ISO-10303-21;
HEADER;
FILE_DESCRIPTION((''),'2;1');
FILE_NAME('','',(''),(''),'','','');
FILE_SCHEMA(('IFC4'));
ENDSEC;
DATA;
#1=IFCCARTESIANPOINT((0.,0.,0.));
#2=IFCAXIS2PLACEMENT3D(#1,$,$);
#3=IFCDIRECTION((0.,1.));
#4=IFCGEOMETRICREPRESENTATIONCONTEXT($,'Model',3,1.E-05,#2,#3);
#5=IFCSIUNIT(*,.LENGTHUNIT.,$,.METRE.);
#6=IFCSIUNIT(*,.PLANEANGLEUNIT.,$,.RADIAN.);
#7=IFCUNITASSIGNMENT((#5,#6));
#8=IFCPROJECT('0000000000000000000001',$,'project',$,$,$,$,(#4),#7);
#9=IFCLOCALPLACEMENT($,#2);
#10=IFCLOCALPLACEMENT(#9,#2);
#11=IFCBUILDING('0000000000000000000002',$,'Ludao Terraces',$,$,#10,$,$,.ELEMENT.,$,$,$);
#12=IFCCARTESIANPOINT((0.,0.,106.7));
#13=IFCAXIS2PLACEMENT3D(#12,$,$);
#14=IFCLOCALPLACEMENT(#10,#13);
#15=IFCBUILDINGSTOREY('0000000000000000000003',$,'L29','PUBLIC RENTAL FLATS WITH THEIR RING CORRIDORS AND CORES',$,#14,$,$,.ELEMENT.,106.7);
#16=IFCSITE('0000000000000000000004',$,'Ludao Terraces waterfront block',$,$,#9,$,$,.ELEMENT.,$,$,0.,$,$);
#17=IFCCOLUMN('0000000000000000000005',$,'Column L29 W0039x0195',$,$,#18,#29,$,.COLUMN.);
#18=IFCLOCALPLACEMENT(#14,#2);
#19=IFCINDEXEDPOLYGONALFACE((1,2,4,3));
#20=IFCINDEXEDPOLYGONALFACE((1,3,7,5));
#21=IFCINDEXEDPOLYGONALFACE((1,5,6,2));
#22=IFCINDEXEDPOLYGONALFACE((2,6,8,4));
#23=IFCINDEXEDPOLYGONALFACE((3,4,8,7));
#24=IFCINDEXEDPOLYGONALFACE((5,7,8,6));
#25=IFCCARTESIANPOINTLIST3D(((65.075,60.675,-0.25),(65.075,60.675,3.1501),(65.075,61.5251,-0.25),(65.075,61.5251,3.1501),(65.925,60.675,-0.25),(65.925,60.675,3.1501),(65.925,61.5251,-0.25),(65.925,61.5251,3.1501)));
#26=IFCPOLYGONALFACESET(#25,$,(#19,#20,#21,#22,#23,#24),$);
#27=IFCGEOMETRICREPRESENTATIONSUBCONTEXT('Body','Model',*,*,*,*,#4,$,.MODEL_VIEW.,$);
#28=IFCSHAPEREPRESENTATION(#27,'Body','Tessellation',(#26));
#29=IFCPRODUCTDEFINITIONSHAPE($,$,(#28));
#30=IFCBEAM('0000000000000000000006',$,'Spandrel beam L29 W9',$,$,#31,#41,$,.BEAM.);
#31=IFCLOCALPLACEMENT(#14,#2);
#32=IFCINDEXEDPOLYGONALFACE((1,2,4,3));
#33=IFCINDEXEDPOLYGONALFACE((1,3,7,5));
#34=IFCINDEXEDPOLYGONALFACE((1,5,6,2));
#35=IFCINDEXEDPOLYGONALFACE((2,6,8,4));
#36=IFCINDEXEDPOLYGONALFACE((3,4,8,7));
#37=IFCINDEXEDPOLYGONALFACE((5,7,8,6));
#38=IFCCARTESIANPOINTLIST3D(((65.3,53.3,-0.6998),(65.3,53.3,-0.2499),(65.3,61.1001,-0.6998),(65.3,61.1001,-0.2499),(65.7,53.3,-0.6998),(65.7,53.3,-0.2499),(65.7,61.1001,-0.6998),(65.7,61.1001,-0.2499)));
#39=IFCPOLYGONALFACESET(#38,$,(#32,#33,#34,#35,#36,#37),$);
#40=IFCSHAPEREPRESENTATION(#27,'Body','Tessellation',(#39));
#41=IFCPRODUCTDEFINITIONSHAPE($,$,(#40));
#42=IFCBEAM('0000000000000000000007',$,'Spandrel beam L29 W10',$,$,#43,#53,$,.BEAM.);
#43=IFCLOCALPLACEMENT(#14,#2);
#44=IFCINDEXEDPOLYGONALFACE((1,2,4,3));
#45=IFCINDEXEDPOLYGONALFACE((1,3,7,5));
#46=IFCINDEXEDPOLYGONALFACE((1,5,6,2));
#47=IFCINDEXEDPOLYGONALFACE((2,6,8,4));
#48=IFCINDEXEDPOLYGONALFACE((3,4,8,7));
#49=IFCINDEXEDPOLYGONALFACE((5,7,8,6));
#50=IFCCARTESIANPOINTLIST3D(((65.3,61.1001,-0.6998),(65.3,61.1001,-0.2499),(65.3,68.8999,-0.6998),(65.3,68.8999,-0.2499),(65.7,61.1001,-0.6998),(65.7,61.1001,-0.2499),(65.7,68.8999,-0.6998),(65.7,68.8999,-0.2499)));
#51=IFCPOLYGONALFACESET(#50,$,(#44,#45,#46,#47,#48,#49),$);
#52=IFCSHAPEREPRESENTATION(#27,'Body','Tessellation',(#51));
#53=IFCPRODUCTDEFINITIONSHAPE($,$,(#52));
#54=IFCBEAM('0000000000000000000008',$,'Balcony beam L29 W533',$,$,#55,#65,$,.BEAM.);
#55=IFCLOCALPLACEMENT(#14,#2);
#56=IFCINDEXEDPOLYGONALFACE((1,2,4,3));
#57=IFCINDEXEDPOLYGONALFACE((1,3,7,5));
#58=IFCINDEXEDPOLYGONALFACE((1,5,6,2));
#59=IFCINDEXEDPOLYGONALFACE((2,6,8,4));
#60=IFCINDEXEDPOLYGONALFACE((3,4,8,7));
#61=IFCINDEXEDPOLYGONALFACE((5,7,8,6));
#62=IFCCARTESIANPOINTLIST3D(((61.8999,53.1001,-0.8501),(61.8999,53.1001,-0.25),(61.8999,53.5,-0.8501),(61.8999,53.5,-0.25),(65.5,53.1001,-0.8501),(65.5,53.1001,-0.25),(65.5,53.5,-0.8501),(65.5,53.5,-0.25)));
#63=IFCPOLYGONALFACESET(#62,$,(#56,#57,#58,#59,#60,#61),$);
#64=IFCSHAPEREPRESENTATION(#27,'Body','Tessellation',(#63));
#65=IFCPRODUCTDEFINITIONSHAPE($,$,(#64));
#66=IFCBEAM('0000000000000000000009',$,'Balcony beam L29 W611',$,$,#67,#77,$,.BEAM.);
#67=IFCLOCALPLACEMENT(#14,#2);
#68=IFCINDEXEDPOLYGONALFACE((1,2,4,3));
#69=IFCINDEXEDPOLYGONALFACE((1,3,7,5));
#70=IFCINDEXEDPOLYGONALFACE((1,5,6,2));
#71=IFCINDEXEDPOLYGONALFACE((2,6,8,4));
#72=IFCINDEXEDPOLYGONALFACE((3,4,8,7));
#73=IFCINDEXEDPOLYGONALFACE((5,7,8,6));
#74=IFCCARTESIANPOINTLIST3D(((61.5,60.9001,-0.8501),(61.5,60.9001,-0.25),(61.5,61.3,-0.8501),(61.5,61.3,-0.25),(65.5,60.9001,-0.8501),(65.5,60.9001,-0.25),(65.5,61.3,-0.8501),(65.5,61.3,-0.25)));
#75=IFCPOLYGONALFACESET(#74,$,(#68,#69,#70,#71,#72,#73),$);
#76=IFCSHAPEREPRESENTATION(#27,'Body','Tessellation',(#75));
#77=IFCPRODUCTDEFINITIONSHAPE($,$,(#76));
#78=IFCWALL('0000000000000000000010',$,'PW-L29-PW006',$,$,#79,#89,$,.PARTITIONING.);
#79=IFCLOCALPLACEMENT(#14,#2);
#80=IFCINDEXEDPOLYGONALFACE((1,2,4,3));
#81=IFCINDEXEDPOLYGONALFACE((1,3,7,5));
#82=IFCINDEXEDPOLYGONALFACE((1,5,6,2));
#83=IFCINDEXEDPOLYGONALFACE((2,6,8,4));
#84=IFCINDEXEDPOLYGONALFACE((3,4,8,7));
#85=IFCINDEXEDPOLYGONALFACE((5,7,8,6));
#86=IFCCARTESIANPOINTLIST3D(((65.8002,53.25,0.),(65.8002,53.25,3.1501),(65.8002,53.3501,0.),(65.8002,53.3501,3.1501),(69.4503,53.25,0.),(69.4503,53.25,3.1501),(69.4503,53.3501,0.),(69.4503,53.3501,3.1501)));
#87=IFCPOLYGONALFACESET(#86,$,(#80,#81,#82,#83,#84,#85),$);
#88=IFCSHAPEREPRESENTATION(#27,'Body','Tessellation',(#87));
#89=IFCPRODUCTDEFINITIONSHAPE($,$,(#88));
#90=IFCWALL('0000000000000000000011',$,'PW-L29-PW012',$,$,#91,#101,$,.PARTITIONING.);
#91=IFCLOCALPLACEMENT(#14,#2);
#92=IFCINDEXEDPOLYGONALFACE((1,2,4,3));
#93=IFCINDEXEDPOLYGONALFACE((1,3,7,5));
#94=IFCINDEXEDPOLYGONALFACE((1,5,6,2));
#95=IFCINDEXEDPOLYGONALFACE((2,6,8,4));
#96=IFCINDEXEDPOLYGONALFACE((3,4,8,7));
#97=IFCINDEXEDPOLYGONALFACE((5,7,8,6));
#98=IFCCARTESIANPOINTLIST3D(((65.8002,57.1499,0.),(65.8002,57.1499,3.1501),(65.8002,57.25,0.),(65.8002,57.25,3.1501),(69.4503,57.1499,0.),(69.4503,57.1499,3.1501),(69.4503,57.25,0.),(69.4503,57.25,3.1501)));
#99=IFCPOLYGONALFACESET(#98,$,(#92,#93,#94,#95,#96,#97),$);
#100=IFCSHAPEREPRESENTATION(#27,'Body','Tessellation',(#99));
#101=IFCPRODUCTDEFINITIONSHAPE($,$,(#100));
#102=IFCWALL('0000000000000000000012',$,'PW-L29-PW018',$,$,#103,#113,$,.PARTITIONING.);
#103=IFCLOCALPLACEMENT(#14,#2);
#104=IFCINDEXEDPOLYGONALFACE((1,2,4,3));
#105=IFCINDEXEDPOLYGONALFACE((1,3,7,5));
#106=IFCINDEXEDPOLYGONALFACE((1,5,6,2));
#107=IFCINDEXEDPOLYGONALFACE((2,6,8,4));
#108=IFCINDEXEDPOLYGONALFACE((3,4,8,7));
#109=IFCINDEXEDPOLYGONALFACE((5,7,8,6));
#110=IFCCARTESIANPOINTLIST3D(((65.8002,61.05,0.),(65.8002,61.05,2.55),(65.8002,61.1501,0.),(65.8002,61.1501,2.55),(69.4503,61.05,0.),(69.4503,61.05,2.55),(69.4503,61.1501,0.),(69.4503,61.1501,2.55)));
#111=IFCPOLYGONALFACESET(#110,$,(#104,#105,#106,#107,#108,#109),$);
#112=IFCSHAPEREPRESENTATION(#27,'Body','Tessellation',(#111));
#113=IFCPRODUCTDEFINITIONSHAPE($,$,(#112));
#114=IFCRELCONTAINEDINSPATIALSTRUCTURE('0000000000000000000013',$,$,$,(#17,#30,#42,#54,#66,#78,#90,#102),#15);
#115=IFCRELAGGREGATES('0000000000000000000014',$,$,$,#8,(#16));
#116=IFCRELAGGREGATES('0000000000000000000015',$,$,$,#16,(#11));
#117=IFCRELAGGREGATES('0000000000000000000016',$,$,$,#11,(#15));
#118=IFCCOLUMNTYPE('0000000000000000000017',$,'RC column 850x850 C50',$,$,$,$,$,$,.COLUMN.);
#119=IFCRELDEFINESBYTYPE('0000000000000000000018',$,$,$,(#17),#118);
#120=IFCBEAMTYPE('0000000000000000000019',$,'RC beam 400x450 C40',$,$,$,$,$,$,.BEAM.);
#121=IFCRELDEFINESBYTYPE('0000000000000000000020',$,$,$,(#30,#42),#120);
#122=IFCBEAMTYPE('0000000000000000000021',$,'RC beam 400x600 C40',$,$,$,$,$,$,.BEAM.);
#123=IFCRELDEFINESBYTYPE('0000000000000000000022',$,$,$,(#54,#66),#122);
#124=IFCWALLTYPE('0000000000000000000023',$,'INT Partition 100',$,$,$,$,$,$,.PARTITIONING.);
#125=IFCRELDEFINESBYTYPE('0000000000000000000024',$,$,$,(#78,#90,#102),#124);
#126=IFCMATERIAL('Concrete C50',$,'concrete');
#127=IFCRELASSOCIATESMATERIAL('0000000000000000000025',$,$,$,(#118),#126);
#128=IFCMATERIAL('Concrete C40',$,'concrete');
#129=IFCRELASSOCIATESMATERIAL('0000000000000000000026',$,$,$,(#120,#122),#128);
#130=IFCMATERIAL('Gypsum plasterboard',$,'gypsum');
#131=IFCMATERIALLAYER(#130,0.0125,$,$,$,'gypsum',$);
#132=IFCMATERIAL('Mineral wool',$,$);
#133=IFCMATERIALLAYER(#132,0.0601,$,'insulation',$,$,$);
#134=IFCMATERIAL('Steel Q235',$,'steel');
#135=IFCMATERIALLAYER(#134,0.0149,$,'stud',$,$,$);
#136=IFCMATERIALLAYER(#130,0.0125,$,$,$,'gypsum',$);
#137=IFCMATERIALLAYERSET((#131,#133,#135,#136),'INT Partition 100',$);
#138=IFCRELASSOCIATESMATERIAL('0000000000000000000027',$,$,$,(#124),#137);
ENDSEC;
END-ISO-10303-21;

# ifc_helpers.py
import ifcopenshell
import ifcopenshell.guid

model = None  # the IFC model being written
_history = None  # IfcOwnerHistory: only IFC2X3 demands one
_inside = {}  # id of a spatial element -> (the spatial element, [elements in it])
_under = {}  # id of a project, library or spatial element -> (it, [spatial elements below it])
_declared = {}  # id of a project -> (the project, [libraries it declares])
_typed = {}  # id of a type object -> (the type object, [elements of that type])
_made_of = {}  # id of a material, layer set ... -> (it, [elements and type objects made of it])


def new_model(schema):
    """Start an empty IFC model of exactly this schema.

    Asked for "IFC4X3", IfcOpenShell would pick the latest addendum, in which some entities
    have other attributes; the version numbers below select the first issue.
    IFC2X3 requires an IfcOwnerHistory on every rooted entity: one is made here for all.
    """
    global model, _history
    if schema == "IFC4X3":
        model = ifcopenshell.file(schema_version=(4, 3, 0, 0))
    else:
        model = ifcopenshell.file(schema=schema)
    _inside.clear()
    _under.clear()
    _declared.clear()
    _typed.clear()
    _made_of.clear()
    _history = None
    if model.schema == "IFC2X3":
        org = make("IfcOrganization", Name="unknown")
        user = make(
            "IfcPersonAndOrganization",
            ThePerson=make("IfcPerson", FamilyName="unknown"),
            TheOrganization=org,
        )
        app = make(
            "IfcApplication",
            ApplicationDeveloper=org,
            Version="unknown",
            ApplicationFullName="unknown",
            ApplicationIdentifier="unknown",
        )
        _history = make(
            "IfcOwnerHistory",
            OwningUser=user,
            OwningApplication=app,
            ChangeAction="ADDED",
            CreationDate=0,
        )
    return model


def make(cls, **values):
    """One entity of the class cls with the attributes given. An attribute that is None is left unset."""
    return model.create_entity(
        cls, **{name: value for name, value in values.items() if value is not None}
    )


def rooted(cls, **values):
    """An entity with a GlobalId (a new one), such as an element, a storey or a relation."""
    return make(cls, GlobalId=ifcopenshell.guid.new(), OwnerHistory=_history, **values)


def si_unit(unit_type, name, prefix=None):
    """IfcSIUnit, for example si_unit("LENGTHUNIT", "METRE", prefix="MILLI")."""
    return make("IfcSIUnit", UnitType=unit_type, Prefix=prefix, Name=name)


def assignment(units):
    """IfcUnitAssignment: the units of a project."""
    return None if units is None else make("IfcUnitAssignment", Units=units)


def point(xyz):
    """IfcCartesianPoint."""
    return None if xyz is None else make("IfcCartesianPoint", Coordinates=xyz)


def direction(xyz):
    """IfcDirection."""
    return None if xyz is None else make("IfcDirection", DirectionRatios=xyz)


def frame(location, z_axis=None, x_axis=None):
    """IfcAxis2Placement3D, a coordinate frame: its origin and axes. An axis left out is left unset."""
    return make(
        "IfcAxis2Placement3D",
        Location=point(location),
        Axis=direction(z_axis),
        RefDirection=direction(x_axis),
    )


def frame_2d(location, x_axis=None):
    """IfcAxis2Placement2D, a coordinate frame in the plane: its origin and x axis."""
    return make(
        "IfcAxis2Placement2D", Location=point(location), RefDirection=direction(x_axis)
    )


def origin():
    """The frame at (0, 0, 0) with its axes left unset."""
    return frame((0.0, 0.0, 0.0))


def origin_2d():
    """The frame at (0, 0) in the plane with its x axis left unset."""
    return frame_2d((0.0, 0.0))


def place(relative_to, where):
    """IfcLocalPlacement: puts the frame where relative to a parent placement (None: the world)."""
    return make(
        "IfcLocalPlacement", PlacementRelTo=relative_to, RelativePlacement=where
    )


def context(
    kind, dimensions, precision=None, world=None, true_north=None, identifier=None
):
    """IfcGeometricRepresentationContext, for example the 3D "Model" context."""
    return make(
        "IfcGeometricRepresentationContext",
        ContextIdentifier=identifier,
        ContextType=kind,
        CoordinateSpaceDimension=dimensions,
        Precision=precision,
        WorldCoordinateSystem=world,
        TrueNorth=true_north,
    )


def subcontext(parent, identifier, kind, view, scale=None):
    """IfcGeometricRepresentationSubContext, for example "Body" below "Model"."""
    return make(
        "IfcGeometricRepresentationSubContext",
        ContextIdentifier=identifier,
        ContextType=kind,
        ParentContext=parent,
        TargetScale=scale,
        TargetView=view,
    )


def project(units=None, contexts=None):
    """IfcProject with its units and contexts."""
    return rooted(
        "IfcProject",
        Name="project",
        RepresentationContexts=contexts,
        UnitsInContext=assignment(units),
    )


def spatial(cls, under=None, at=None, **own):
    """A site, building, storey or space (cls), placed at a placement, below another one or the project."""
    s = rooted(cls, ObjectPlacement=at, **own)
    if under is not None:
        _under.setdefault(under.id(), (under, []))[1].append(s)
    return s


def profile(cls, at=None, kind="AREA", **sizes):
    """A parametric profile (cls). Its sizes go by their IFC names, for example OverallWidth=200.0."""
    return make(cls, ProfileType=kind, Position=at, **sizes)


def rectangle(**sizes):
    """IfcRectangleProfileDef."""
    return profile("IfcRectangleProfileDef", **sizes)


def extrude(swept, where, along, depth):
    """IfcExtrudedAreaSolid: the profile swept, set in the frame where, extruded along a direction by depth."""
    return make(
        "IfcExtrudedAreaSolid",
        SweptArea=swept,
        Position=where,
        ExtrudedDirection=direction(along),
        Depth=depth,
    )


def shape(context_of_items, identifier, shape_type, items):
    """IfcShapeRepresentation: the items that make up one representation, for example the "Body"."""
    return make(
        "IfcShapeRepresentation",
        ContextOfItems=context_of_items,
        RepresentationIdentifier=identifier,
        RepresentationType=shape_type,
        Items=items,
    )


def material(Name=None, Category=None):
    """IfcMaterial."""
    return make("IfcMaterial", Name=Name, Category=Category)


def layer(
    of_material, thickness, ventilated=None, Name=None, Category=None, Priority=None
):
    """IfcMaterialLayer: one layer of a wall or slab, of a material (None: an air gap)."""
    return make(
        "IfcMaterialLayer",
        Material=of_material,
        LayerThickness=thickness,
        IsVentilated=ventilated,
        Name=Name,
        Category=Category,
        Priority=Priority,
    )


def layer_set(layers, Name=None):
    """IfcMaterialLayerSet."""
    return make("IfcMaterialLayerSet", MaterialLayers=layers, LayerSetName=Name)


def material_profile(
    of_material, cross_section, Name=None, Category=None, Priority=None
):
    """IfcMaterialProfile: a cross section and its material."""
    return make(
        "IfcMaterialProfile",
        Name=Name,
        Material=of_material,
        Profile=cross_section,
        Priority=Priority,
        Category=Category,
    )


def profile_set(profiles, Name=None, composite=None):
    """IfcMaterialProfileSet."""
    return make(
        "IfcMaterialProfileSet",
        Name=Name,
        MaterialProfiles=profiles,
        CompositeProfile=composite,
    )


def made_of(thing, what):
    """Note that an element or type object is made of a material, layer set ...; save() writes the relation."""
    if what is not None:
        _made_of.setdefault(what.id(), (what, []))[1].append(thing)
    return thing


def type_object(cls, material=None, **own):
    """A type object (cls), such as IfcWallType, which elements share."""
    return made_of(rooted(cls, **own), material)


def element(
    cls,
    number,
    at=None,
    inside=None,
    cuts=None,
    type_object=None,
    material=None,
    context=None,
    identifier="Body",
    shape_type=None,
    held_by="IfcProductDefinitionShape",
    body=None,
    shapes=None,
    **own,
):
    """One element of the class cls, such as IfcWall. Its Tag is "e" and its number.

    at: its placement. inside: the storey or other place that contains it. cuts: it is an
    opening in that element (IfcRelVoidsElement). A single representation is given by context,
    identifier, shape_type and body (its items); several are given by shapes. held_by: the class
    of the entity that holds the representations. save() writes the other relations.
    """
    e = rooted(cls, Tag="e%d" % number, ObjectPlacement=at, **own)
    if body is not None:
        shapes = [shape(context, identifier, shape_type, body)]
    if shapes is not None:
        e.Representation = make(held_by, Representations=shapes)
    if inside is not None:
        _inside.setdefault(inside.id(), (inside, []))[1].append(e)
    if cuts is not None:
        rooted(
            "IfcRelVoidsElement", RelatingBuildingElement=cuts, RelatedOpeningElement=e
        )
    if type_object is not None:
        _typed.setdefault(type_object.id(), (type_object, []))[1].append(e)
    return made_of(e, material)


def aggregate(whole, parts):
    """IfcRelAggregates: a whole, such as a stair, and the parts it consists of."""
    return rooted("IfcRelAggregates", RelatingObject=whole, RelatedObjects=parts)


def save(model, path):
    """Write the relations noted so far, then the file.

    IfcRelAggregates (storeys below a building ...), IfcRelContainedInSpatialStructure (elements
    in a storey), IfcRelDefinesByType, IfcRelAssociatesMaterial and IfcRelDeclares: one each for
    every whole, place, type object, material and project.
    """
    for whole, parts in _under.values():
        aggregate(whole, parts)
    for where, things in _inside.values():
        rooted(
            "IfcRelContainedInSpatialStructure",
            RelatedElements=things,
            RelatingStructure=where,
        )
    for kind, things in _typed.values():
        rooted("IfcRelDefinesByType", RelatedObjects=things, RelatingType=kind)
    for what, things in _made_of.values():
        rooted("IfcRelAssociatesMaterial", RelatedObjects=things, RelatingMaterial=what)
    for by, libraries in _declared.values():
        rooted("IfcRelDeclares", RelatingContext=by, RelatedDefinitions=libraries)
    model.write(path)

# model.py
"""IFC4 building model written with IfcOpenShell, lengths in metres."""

from ifc_helpers import new_model, si_unit, direction, frame, frame_2d, origin, origin_2d, place, context, subcontext, project, spatial, rectangle, extrude, material, layer, layer_set, material_profile, profile_set, type_object, element, save


model = new_model("IFC4")

# Units and contexts
model_context = context("Model", 3, precision=1e-05, world=origin(), true_north=direction((0.0, 1.0)))
body_context = subcontext(model_context, "Body", "Model", "MODEL_VIEW")
ifc_project = project(units=[si_unit("LENGTHUNIT", "METRE"), si_unit("PLANEANGLEUNIT", "RADIAN")], contexts=[model_context])

# Site, building, storey
site_placement = place(None, origin())
site = spatial("IfcSite", under=ifc_project, at=site_placement, Name="Ludao Terraces waterfront block", CompositionType="ELEMENT", RefElevation=0.0)
building_placement = place(site_placement, origin())
building = spatial("IfcBuilding", under=site, at=building_placement, Name="Ludao Terraces", CompositionType="ELEMENT")
storey_placement = place(building_placement, frame((0.0, 0.0, 106.7)))
storey = spatial("IfcBuildingStorey", under=building, at=storey_placement, Name="L29", Description="PUBLIC RENTAL FLATS WITH THEIR RING CORRIDORS AND CORES", CompositionType="ELEMENT", Elevation=106.7)

# Column
ifc_material_1 = material(Name="Concrete C50", Category="concrete")
ifc_material_profile_1 = material_profile(ifc_material_1, rectangle(XDim=0.8501, YDim=0.8501, at=origin_2d()), Name="850 X 850")
ifc_profile_set_1 = profile_set([ifc_material_profile_1], Name="Concrete C50")
column_type = type_object("IfcColumnType", Name="RC column 850x850 C50", PredefinedType="COLUMN", material=ifc_profile_set_1)
column_placement = place(storey_placement, frame((65.5, 61.1001, -0.25), z_axis=(0.0, 0.0, 1.0), x_axis=(1.0, 0.0, 0.0)))
element("IfcColumn", 1, at=column_placement, inside=storey, type_object=column_type, Name="Column L29 W0039x0195", PredefinedType="COLUMN", context=body_context, shape_type="SweptSolid", body=[
    extrude(rectangle(XDim=0.8501, YDim=0.8501, at=origin_2d()), origin(), (0.0, 0.0, 1.0), 3.4001),
])

# Beams
ifc_material_2 = material(Name="Concrete C40", Category="concrete")
ifc_material_profile_2 = material_profile(ifc_material_2, rectangle(XDim=0.3999, YDim=0.45, at=origin_2d()), Name="400 X 450")
ifc_profile_set_2 = profile_set([ifc_material_profile_2], Name="Concrete C40")
beam_type_1 = type_object("IfcBeamType", Name="RC beam 400x450 C40", PredefinedType="BEAM", material=ifc_profile_set_2)
beam_1_placement = place(storey_placement, frame((65.5, 53.3, -0.4749), z_axis=(0.0, 1.0, 0.0), x_axis=(-1.0, 0.0, 0.0)))
element("IfcBeam", 2, at=beam_1_placement, inside=storey, type_object=beam_type_1, Name="Spandrel beam L29 W9", PredefinedType="BEAM", context=body_context, shape_type="SweptSolid", body=[
    extrude(rectangle(XDim=0.3999, YDim=0.45, at=origin_2d()), origin(), (0.0, 0.0, 1.0), 7.8),
])
beam_2_placement = place(storey_placement, frame((65.5, 61.1001, -0.4749), z_axis=(0.0, 1.0, 0.0), x_axis=(-1.0, 0.0, 0.0)))
element("IfcBeam", 3, at=beam_2_placement, inside=storey, type_object=beam_type_1, Name="Spandrel beam L29 W10", PredefinedType="BEAM", context=body_context, shape_type="SweptSolid", body=[
    extrude(rectangle(XDim=0.3999, YDim=0.45, at=origin_2d()), origin(), (0.0, 0.0, 1.0), 7.7998),
])
ifc_material_profile_3 = material_profile(ifc_material_2, rectangle(XDim=0.3999, YDim=0.6001, at=origin_2d()), Name="400 X 600")
ifc_profile_set_3 = profile_set([ifc_material_profile_3], Name="Concrete C40")
beam_type_2 = type_object("IfcBeamType", Name="RC beam 400x600 C40", PredefinedType="BEAM", material=ifc_profile_set_3)
beam_3_placement = place(storey_placement, frame((65.5, 53.3, -0.55), z_axis=(-1.0, 0.0, 0.0), x_axis=(0.0, -1.0, 0.0)))
element("IfcBeam", 4, at=beam_3_placement, inside=storey, type_object=beam_type_2, Name="Balcony beam L29 W533", PredefinedType="BEAM", context=body_context, shape_type="SweptSolid", body=[
    extrude(rectangle(XDim=0.3999, YDim=0.6001, at=origin_2d()), origin(), (0.0, 0.0, 1.0), 3.6001),
])
beam_4_placement = place(storey_placement, frame((65.5, 61.1001, -0.55), z_axis=(-1.0, 0.0, 0.0), x_axis=(0.0, -1.0, 0.0)))
element("IfcBeam", 5, at=beam_4_placement, inside=storey, type_object=beam_type_2, Name="Balcony beam L29 W611", PredefinedType="BEAM", context=body_context, shape_type="SweptSolid", body=[
    extrude(rectangle(XDim=0.3999, YDim=0.6001, at=origin_2d()), origin(), (0.0, 0.0, 1.0), 4.0),
])

# Shared definitions
ifc_material_3 = material(Name="Mineral wool")

# Walls
ifc_material_4 = material(Name="Gypsum plasterboard", Category="gypsum")
ifc_layer_1 = layer(ifc_material_4, 0.0125, Category="gypsum")
ifc_layer_2 = layer(ifc_material_3, 0.0601, Name="insulation")
ifc_material_5 = material(Name="Steel Q235", Category="steel")
ifc_layer_3 = layer(ifc_material_5, 0.0149, Name="stud")
ifc_layer_4 = layer(ifc_material_4, 0.0125, Category="gypsum")
ifc_layer_set_1 = layer_set([ifc_layer_1, ifc_layer_2, ifc_layer_3, ifc_layer_4], Name="INT Partition 100")
wall_type_1 = type_object("IfcWallType", Name="INT Partition 100", PredefinedType="PARTITIONING", material=ifc_layer_set_1)
for number, where, z_axis, x_axis, name in (
    (6, (65.8, 53.3, 0.0), (0.0, 0.0, 1.0), (1.0, 0.0, 0.0), "PW-L29-PW006"),
    (7, (65.8, 57.2, 0.0), (0.0, 0.0, 1.0), (1.0, 0.0, 0.0), "PW-L29-PW012"),
):
    element("IfcWall", number, at=place(storey_placement, frame(where, z_axis=z_axis, x_axis=x_axis)), inside=storey, type_object=wall_type_1, Name=name, PredefinedType="PARTITIONING", context=body_context, shape_type="SweptSolid", body=[
        extrude(rectangle(XDim=3.6501, YDim=0.1001, at=frame_2d((1.8252, 0.0))), origin(), (0.0, 0.0, 1.0), 3.1501),
    ])
wall_1_placement = place(storey_placement, frame((65.8, 61.1001, 0.0), z_axis=(0.0, 0.0, 1.0), x_axis=(1.0, 0.0, 0.0)))
element("IfcWall", 8, at=wall_1_placement, inside=storey, type_object=wall_type_1, Name="PW-L29-PW018", PredefinedType="PARTITIONING", context=body_context, shape_type="SweptSolid", body=[
    extrude(rectangle(XDim=3.6501, YDim=0.1001, at=frame_2d((1.8252, 0.0))), origin(), (0.0, 0.0, 1.0), 2.55),
])

save(model, "model.ifc")
